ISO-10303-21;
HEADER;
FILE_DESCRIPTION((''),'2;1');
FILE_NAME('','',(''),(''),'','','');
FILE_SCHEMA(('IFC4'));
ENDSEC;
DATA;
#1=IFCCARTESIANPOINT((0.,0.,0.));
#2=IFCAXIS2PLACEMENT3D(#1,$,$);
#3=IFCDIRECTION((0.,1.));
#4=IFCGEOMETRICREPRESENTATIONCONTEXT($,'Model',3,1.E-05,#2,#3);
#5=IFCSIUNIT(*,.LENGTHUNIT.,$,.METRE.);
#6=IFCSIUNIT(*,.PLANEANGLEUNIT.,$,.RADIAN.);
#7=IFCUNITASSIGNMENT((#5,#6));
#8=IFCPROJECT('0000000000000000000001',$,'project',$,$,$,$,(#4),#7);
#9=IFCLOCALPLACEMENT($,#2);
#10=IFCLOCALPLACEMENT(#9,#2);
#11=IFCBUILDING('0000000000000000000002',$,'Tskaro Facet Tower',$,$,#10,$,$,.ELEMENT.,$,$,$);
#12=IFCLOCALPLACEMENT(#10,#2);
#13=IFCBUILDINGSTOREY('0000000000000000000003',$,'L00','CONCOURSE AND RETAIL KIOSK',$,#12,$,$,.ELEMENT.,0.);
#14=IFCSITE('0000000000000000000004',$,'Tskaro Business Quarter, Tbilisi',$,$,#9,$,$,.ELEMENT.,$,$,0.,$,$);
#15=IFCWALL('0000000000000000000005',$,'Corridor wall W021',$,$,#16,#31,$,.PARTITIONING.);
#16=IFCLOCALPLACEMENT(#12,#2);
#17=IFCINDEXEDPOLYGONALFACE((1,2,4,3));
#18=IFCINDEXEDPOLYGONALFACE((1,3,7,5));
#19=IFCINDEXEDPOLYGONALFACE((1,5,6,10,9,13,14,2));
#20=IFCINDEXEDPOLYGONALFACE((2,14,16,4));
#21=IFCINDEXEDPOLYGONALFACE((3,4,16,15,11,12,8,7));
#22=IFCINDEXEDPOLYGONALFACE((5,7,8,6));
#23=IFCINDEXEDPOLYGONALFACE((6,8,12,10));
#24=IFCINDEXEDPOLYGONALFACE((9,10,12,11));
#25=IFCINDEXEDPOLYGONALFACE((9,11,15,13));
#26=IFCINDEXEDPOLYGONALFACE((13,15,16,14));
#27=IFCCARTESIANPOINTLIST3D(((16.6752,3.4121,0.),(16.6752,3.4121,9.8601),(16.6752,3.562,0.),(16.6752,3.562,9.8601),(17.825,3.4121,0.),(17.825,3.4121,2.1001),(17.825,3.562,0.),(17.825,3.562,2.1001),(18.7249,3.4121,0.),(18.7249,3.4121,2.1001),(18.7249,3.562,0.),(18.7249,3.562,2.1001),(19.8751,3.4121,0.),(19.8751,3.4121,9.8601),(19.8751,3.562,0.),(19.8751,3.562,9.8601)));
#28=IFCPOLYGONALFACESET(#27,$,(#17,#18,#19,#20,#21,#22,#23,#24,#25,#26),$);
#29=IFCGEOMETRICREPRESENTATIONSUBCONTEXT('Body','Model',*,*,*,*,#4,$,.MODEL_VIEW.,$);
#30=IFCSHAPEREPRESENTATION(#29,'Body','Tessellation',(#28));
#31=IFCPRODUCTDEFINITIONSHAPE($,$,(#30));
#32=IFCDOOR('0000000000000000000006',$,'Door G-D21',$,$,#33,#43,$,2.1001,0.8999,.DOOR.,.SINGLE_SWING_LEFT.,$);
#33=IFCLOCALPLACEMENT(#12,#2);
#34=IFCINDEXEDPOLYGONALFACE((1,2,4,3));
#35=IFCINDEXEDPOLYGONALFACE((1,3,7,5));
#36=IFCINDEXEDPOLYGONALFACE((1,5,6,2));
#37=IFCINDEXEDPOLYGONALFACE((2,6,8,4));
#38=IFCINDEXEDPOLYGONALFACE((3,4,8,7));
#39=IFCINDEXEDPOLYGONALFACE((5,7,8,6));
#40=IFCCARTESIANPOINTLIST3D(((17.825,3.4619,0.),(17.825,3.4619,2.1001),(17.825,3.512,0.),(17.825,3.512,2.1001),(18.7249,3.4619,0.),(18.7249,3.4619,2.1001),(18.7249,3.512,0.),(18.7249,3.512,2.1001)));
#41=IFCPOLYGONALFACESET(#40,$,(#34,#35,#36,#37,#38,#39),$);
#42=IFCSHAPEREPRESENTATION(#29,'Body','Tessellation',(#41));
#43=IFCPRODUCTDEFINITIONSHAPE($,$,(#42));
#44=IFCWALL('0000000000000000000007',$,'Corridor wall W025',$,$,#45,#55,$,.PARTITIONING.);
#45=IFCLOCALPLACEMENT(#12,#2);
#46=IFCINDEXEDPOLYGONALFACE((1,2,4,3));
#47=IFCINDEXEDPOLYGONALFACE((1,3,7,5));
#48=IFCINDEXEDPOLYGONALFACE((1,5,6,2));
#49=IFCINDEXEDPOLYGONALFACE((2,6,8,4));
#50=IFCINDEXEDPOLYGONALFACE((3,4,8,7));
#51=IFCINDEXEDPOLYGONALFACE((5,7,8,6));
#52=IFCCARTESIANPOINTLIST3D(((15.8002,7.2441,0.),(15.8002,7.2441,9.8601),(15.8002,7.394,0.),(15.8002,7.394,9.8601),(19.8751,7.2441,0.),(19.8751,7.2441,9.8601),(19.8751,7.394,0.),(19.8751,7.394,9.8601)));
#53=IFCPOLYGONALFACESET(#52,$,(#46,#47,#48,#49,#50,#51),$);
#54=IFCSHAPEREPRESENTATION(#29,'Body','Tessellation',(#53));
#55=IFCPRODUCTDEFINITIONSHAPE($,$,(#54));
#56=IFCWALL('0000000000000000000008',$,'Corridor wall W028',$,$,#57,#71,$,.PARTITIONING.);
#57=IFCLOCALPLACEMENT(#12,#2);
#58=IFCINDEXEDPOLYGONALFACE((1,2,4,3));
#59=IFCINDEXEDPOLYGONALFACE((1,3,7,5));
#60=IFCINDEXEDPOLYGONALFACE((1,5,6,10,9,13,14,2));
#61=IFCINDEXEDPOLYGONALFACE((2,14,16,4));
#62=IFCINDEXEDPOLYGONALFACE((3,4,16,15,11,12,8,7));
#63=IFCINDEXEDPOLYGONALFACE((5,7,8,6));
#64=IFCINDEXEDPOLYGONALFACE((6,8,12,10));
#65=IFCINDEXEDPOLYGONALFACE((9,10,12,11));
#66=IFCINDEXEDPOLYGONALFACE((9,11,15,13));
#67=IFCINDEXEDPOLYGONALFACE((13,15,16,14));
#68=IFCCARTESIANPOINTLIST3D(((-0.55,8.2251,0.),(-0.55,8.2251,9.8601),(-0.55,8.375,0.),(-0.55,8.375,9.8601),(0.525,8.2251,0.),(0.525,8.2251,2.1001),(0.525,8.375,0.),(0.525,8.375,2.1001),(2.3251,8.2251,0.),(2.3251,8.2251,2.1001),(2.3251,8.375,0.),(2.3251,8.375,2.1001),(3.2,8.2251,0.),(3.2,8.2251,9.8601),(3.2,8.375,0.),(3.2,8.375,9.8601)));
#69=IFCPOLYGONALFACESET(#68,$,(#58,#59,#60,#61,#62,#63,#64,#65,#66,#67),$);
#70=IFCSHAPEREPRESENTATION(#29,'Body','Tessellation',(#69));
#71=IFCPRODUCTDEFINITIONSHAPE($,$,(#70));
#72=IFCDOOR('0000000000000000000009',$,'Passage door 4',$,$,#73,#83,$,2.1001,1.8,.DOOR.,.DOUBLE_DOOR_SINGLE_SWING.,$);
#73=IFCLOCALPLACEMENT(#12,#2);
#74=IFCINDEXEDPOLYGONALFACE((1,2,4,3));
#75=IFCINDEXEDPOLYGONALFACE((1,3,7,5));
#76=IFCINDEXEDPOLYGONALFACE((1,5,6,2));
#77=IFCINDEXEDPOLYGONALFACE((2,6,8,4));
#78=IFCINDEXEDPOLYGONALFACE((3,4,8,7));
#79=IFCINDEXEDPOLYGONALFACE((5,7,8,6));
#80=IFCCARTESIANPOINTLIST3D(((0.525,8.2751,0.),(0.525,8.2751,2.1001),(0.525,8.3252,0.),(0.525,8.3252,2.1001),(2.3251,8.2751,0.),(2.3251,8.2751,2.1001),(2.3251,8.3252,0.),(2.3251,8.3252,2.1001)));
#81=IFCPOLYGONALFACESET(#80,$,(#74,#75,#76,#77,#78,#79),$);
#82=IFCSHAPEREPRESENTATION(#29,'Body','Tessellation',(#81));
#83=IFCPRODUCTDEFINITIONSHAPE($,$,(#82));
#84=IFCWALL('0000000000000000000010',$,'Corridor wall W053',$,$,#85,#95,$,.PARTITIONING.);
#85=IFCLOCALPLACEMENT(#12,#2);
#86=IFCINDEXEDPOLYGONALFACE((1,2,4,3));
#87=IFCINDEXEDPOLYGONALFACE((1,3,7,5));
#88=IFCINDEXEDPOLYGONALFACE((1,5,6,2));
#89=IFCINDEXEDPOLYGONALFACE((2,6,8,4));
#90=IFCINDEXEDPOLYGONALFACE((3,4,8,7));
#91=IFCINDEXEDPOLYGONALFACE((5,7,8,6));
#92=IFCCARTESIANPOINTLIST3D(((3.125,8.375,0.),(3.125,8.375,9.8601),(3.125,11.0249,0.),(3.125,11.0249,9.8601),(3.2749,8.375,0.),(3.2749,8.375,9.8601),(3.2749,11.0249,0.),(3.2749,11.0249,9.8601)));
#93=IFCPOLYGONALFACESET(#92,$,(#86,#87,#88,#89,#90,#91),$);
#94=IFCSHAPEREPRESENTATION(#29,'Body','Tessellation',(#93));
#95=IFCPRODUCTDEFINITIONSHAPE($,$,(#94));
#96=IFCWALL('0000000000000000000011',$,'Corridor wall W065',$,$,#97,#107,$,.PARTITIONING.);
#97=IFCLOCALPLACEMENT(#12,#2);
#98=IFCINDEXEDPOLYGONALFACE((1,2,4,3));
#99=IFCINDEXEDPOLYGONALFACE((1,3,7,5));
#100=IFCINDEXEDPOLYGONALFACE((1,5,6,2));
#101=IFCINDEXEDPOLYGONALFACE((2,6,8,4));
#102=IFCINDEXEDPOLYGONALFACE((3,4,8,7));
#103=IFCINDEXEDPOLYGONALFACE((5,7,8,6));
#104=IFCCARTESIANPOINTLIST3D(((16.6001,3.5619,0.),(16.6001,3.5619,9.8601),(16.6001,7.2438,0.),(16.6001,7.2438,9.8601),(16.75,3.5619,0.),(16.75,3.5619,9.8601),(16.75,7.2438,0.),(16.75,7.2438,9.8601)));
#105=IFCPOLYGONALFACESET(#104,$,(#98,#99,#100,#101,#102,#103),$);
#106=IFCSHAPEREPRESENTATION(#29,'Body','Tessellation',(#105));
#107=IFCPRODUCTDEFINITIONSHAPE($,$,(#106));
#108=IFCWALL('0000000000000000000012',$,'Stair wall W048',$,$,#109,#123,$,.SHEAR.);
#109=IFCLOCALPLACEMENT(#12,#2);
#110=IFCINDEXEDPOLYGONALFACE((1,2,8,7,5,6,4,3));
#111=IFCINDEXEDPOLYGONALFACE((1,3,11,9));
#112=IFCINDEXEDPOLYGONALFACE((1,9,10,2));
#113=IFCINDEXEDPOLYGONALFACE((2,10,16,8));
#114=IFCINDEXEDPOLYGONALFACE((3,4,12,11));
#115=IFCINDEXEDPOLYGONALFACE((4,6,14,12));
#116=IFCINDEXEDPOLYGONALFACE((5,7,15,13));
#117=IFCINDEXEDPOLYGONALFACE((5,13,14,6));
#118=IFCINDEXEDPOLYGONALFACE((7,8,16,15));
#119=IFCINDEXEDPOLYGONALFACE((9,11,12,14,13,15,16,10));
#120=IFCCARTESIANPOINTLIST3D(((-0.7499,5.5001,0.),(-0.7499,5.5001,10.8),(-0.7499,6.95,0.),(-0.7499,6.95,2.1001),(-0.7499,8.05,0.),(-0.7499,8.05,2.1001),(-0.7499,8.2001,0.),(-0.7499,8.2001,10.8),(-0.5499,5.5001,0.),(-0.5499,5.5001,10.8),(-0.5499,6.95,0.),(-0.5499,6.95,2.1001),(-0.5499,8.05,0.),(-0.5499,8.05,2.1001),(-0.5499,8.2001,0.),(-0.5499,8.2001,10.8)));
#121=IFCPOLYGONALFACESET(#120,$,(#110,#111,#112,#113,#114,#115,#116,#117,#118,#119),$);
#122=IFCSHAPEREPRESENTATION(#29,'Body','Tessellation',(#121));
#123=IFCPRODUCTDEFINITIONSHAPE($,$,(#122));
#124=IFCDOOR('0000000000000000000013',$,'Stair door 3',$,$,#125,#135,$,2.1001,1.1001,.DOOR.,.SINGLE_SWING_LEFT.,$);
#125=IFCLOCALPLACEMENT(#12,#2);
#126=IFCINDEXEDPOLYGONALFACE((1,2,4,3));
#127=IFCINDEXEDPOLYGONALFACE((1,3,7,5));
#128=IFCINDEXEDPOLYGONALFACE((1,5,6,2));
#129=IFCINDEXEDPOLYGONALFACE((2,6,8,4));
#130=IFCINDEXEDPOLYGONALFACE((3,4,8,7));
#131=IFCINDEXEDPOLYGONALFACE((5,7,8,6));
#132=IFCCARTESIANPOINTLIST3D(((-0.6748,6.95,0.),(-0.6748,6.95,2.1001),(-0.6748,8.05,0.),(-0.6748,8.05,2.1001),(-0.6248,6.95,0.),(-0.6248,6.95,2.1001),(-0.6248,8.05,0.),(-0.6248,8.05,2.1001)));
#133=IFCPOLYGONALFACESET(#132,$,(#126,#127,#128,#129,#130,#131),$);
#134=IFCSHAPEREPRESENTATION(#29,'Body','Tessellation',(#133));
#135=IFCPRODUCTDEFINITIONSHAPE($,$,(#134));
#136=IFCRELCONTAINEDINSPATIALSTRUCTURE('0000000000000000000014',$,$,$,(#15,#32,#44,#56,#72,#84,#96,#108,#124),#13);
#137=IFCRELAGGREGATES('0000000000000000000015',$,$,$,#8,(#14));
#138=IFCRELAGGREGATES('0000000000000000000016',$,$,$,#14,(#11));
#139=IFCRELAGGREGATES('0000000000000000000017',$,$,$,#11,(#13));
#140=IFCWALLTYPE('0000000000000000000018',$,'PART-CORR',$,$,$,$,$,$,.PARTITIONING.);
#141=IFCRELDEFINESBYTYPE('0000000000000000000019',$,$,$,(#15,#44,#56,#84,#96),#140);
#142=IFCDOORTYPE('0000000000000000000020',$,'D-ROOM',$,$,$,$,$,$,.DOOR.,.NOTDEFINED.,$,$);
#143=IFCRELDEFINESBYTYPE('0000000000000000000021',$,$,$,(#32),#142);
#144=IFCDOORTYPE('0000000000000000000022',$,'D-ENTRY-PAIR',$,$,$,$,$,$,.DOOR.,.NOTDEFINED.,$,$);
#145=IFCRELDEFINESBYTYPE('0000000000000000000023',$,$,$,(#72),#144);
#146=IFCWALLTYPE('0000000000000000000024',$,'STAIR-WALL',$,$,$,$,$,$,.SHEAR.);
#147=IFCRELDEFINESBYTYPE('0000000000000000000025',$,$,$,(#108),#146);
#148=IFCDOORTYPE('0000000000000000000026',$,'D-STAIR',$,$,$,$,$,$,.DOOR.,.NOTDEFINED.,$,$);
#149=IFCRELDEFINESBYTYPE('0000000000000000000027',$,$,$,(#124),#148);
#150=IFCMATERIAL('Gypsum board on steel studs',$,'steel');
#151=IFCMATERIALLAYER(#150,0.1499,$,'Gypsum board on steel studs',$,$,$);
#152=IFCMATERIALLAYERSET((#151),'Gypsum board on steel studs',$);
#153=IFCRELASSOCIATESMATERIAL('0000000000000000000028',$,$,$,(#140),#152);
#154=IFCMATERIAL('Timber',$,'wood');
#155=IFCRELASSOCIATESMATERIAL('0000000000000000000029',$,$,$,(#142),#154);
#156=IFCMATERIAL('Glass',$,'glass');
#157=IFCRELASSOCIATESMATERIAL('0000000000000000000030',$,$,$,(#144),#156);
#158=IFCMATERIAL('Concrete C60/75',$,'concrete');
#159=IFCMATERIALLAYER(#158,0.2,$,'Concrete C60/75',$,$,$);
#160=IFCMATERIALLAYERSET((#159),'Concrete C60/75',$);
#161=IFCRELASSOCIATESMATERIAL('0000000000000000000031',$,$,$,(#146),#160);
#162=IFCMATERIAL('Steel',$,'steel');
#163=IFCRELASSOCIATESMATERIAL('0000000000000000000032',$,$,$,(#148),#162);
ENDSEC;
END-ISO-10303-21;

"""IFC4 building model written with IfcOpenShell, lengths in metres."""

from ifc_helpers import new_model, si_unit, direction, frame, frame_2d, origin, place, context, subcontext, project, spatial, rectangle, extrude, material, layer, layer_set, type_object, element, fill, save


model = new_model("IFC4")

# Units and contexts
model_context = context("Model", 3, precision=1e-05, world=origin(), true_north=direction((0.0, 1.0)))
body_context = subcontext(model_context, "Body", "Model", "MODEL_VIEW")
ifc_project = project(units=[si_unit("LENGTHUNIT", "METRE"), si_unit("PLANEANGLEUNIT", "RADIAN")], contexts=[model_context])

# Site, building, storey
site_placement = place(None, origin())
site = spatial("IfcSite", under=ifc_project, at=site_placement, Name="Tskaro Business Quarter, Tbilisi", CompositionType="ELEMENT", RefElevation=0.0)
building_placement = place(site_placement, origin())
building = spatial("IfcBuilding", under=site, at=building_placement, Name="Tskaro Facet Tower", CompositionType="ELEMENT")
storey_placement = place(building_placement, origin())
storey = spatial("IfcBuildingStorey", under=building, at=storey_placement, Name="L00", Description="CONCOURSE AND RETAIL KIOSK", CompositionType="ELEMENT", Elevation=0.0)

# Shared definitions
ifc_material_1 = material(Name="Concrete C60/75", Category="concrete")

# Wall, opening, door
ifc_material_2 = material(Name="Gypsum board on steel studs", Category="steel")
ifc_layer_1 = layer(ifc_material_2, 0.1499, Name="Gypsum board on steel studs")
ifc_layer_set_1 = layer_set([ifc_layer_1], Name="Gypsum board on steel studs")
wall_type_1 = type_object("IfcWallType", Name="PART-CORR", PredefinedType="PARTITIONING", material=ifc_layer_set_1)
wall_1_placement = place(storey_placement, frame((16.675, 3.4871, 0.0), z_axis=(0.0, 0.0, 1.0), x_axis=(1.0, 0.0, 0.0)))
wall_1 = element("IfcWall", 1, at=wall_1_placement, inside=storey, type_object=wall_type_1, Name="Corridor wall W021", PredefinedType="PARTITIONING", context=body_context, shape_type="SweptSolid", body=[
    extrude(rectangle(XDim=3.2, YDim=0.1499, at=frame_2d((1.6001, 0.0))), origin(), (0.0, 0.0, 1.0), 9.8601),
])
opening_1_placement = place(wall_1_placement, frame((1.1499, 0.0, 0.0)))
opening_1 = element("IfcOpeningElement", 2, at=opening_1_placement, cuts=wall_1, PredefinedType="OPENING", context=body_context, shape_type="SweptSolid", body=[
    extrude(rectangle(XDim=0.8999, YDim=2.1001, at=frame_2d((0.45, 1.05))), frame((0.0, 0.085, 0.0), z_axis=(0.0, -1.0, 0.0), x_axis=(1.0, 0.0, 0.0)), (0.0, 0.0, 1.0), 0.1699),
])
ifc_material_3 = material(Name="Timber", Category="wood")
door_type_1 = type_object("IfcDoorType", Name="D-ROOM", OperationType="NOTDEFINED", PredefinedType="DOOR", material=ifc_material_3)
door_1_placement = place(opening_1_placement, origin())
door_1 = element("IfcDoor", 3, at=door_1_placement, inside=storey, type_object=door_type_1, Name="Door G-D21", OperationType="SINGLE_SWING_LEFT", OverallHeight=2.1001, OverallWidth=0.8999, PredefinedType="DOOR", context=body_context, shape_type="SweptSolid", body=[
    extrude(rectangle(XDim=0.8999, YDim=2.1001, at=frame_2d((0.45, 1.05))), frame((0.0, 0.0249, 0.0), z_axis=(0.0, -1.0, 0.0), x_axis=(1.0, 0.0, 0.0)), (0.0, 0.0, 1.0), 0.05),
])
fill(opening_1, door_1)

# Wall
wall_2_placement = place(storey_placement, frame((15.8, 7.3191, 0.0), z_axis=(0.0, 0.0, 1.0), x_axis=(1.0, 0.0, 0.0)))
element("IfcWall", 4, at=wall_2_placement, inside=storey, type_object=wall_type_1, Name="Corridor wall W025", PredefinedType="PARTITIONING", context=body_context, shape_type="SweptSolid", body=[
    extrude(rectangle(XDim=4.075, YDim=0.1499, at=frame_2d((2.0376, 0.0))), origin(), (0.0, 0.0, 1.0), 9.8601),
])

# Wall, opening, door
wall_3_placement = place(storey_placement, frame((3.2, 8.3, 0.0), z_axis=(0.0, 0.0, 1.0), x_axis=(-1.0, 0.0, 0.0)))
wall_3 = element("IfcWall", 5, at=wall_3_placement, inside=storey, type_object=wall_type_1, Name="Corridor wall W028", PredefinedType="PARTITIONING", context=body_context, shape_type="SweptSolid", body=[
    extrude(rectangle(XDim=3.75, YDim=0.1499, at=frame_2d((1.875, 0.0))), origin(), (0.0, 0.0, 1.0), 9.8601),
])
opening_2_placement = place(wall_3_placement, frame((0.875, 0.0, 0.0)))
opening_2 = element("IfcOpeningElement", 6, at=opening_2_placement, cuts=wall_3, PredefinedType="OPENING", context=body_context, shape_type="SweptSolid", body=[
    extrude(rectangle(XDim=1.8, YDim=2.1001, at=frame_2d((0.8999, 1.05))), frame((0.0, 0.085, 0.0), z_axis=(0.0, -1.0, 0.0), x_axis=(1.0, 0.0, 0.0)), (0.0, 0.0, 1.0), 0.1699),
])
ifc_material_4 = material(Name="Glass", Category="glass")
door_type_2 = type_object("IfcDoorType", Name="D-ENTRY-PAIR", OperationType="NOTDEFINED", PredefinedType="DOOR", material=ifc_material_4)
door_2_placement = place(opening_2_placement, origin())
door_2 = element("IfcDoor", 7, at=door_2_placement, inside=storey, type_object=door_type_2, Name="Passage door 4", OperationType="DOUBLE_DOOR_SINGLE_SWING", OverallHeight=2.1001, OverallWidth=1.8, PredefinedType="DOOR", context=body_context, shape_type="SweptSolid", body=[
    extrude(rectangle(XDim=1.8, YDim=2.1001, at=frame_2d((0.8999, 1.05))), frame((0.0, 0.0249, 0.0), z_axis=(0.0, -1.0, 0.0), x_axis=(1.0, 0.0, 0.0)), (0.0, 0.0, 1.0), 0.05),
])
fill(opening_2, door_2)

# Walls
wall_4_placement = place(storey_placement, frame((3.2, 8.375, 0.0), z_axis=(0.0, 0.0, 1.0), x_axis=(0.0, 1.0, 0.0)))
element("IfcWall", 8, at=wall_4_placement, inside=storey, type_object=wall_type_1, Name="Corridor wall W053", PredefinedType="PARTITIONING", context=body_context, shape_type="SweptSolid", body=[
    extrude(rectangle(XDim=2.6499, YDim=0.1499, at=frame_2d((1.325, 0.0))), origin(), (0.0, 0.0, 1.0), 9.8601),
])
wall_5_placement = place(storey_placement, frame((16.675, 3.562, 0.0), z_axis=(0.0, 0.0, 1.0), x_axis=(0.0, 1.0, 0.0)))
element("IfcWall", 9, at=wall_5_placement, inside=storey, type_object=wall_type_1, Name="Corridor wall W065", PredefinedType="PARTITIONING", context=body_context, shape_type="SweptSolid", body=[
    extrude(rectangle(XDim=3.6819, YDim=0.1499, at=frame_2d((1.8408, 0.0))), origin(), (0.0, 0.0, 1.0), 9.8601),
])

# Wall, opening, door
ifc_layer_2 = layer(ifc_material_1, 0.2, Name="Concrete C60/75")
ifc_layer_set_2 = layer_set([ifc_layer_2], Name="Concrete C60/75")
wall_type_2 = type_object("IfcWallType", Name="STAIR-WALL", PredefinedType="SHEAR", material=ifc_layer_set_2)
wall_6_placement = place(storey_placement, frame((-0.6499, 5.5, 0.0), z_axis=(0.0, 0.0, 1.0), x_axis=(0.0, 1.0, 0.0)))
wall_6 = element("IfcWall", 10, at=wall_6_placement, inside=storey, type_object=wall_type_2, Name="Stair wall W048", PredefinedType="SHEAR", context=body_context, shape_type="SweptSolid", body=[
    extrude(rectangle(XDim=2.7, YDim=0.2, at=frame_2d((1.3501, 0.0))), origin(), (0.0, 0.0, 1.0), 10.8),
])
opening_3_placement = place(wall_6_placement, frame((1.45, 0.0, 0.0)))
opening_3 = element("IfcOpeningElement", 11, at=opening_3_placement, cuts=wall_6, PredefinedType="OPENING", context=body_context, shape_type="SweptSolid", body=[
    extrude(rectangle(XDim=1.1001, YDim=2.1001, at=frame_2d((0.55, 1.05))), frame((0.0, 0.1099, 0.0), z_axis=(0.0, -1.0, 0.0), x_axis=(1.0, 0.0, 0.0)), (0.0, 0.0, 1.0), 0.22),
])
ifc_material_5 = material(Name="Steel", Category="steel")
door_type_3 = type_object("IfcDoorType", Name="D-STAIR", OperationType="NOTDEFINED", PredefinedType="DOOR", material=ifc_material_5)
door_3_placement = place(opening_3_placement, origin())
door_3 = element("IfcDoor", 12, at=door_3_placement, inside=storey, type_object=door_type_3, Name="Stair door 3", OperationType="SINGLE_SWING_LEFT", OverallHeight=2.1001, OverallWidth=1.1001, PredefinedType="DOOR", context=body_context, shape_type="SweptSolid", body=[
    extrude(rectangle(XDim=1.1001, YDim=2.1001, at=frame_2d((0.55, 1.05))), frame((0.0, 0.0249, 0.0), z_axis=(0.0, -1.0, 0.0), x_axis=(1.0, 0.0, 0.0)), (0.0, 0.0, 1.0), 0.05),
])
fill(opening_3, door_3)

save(model, "model.ifc")
